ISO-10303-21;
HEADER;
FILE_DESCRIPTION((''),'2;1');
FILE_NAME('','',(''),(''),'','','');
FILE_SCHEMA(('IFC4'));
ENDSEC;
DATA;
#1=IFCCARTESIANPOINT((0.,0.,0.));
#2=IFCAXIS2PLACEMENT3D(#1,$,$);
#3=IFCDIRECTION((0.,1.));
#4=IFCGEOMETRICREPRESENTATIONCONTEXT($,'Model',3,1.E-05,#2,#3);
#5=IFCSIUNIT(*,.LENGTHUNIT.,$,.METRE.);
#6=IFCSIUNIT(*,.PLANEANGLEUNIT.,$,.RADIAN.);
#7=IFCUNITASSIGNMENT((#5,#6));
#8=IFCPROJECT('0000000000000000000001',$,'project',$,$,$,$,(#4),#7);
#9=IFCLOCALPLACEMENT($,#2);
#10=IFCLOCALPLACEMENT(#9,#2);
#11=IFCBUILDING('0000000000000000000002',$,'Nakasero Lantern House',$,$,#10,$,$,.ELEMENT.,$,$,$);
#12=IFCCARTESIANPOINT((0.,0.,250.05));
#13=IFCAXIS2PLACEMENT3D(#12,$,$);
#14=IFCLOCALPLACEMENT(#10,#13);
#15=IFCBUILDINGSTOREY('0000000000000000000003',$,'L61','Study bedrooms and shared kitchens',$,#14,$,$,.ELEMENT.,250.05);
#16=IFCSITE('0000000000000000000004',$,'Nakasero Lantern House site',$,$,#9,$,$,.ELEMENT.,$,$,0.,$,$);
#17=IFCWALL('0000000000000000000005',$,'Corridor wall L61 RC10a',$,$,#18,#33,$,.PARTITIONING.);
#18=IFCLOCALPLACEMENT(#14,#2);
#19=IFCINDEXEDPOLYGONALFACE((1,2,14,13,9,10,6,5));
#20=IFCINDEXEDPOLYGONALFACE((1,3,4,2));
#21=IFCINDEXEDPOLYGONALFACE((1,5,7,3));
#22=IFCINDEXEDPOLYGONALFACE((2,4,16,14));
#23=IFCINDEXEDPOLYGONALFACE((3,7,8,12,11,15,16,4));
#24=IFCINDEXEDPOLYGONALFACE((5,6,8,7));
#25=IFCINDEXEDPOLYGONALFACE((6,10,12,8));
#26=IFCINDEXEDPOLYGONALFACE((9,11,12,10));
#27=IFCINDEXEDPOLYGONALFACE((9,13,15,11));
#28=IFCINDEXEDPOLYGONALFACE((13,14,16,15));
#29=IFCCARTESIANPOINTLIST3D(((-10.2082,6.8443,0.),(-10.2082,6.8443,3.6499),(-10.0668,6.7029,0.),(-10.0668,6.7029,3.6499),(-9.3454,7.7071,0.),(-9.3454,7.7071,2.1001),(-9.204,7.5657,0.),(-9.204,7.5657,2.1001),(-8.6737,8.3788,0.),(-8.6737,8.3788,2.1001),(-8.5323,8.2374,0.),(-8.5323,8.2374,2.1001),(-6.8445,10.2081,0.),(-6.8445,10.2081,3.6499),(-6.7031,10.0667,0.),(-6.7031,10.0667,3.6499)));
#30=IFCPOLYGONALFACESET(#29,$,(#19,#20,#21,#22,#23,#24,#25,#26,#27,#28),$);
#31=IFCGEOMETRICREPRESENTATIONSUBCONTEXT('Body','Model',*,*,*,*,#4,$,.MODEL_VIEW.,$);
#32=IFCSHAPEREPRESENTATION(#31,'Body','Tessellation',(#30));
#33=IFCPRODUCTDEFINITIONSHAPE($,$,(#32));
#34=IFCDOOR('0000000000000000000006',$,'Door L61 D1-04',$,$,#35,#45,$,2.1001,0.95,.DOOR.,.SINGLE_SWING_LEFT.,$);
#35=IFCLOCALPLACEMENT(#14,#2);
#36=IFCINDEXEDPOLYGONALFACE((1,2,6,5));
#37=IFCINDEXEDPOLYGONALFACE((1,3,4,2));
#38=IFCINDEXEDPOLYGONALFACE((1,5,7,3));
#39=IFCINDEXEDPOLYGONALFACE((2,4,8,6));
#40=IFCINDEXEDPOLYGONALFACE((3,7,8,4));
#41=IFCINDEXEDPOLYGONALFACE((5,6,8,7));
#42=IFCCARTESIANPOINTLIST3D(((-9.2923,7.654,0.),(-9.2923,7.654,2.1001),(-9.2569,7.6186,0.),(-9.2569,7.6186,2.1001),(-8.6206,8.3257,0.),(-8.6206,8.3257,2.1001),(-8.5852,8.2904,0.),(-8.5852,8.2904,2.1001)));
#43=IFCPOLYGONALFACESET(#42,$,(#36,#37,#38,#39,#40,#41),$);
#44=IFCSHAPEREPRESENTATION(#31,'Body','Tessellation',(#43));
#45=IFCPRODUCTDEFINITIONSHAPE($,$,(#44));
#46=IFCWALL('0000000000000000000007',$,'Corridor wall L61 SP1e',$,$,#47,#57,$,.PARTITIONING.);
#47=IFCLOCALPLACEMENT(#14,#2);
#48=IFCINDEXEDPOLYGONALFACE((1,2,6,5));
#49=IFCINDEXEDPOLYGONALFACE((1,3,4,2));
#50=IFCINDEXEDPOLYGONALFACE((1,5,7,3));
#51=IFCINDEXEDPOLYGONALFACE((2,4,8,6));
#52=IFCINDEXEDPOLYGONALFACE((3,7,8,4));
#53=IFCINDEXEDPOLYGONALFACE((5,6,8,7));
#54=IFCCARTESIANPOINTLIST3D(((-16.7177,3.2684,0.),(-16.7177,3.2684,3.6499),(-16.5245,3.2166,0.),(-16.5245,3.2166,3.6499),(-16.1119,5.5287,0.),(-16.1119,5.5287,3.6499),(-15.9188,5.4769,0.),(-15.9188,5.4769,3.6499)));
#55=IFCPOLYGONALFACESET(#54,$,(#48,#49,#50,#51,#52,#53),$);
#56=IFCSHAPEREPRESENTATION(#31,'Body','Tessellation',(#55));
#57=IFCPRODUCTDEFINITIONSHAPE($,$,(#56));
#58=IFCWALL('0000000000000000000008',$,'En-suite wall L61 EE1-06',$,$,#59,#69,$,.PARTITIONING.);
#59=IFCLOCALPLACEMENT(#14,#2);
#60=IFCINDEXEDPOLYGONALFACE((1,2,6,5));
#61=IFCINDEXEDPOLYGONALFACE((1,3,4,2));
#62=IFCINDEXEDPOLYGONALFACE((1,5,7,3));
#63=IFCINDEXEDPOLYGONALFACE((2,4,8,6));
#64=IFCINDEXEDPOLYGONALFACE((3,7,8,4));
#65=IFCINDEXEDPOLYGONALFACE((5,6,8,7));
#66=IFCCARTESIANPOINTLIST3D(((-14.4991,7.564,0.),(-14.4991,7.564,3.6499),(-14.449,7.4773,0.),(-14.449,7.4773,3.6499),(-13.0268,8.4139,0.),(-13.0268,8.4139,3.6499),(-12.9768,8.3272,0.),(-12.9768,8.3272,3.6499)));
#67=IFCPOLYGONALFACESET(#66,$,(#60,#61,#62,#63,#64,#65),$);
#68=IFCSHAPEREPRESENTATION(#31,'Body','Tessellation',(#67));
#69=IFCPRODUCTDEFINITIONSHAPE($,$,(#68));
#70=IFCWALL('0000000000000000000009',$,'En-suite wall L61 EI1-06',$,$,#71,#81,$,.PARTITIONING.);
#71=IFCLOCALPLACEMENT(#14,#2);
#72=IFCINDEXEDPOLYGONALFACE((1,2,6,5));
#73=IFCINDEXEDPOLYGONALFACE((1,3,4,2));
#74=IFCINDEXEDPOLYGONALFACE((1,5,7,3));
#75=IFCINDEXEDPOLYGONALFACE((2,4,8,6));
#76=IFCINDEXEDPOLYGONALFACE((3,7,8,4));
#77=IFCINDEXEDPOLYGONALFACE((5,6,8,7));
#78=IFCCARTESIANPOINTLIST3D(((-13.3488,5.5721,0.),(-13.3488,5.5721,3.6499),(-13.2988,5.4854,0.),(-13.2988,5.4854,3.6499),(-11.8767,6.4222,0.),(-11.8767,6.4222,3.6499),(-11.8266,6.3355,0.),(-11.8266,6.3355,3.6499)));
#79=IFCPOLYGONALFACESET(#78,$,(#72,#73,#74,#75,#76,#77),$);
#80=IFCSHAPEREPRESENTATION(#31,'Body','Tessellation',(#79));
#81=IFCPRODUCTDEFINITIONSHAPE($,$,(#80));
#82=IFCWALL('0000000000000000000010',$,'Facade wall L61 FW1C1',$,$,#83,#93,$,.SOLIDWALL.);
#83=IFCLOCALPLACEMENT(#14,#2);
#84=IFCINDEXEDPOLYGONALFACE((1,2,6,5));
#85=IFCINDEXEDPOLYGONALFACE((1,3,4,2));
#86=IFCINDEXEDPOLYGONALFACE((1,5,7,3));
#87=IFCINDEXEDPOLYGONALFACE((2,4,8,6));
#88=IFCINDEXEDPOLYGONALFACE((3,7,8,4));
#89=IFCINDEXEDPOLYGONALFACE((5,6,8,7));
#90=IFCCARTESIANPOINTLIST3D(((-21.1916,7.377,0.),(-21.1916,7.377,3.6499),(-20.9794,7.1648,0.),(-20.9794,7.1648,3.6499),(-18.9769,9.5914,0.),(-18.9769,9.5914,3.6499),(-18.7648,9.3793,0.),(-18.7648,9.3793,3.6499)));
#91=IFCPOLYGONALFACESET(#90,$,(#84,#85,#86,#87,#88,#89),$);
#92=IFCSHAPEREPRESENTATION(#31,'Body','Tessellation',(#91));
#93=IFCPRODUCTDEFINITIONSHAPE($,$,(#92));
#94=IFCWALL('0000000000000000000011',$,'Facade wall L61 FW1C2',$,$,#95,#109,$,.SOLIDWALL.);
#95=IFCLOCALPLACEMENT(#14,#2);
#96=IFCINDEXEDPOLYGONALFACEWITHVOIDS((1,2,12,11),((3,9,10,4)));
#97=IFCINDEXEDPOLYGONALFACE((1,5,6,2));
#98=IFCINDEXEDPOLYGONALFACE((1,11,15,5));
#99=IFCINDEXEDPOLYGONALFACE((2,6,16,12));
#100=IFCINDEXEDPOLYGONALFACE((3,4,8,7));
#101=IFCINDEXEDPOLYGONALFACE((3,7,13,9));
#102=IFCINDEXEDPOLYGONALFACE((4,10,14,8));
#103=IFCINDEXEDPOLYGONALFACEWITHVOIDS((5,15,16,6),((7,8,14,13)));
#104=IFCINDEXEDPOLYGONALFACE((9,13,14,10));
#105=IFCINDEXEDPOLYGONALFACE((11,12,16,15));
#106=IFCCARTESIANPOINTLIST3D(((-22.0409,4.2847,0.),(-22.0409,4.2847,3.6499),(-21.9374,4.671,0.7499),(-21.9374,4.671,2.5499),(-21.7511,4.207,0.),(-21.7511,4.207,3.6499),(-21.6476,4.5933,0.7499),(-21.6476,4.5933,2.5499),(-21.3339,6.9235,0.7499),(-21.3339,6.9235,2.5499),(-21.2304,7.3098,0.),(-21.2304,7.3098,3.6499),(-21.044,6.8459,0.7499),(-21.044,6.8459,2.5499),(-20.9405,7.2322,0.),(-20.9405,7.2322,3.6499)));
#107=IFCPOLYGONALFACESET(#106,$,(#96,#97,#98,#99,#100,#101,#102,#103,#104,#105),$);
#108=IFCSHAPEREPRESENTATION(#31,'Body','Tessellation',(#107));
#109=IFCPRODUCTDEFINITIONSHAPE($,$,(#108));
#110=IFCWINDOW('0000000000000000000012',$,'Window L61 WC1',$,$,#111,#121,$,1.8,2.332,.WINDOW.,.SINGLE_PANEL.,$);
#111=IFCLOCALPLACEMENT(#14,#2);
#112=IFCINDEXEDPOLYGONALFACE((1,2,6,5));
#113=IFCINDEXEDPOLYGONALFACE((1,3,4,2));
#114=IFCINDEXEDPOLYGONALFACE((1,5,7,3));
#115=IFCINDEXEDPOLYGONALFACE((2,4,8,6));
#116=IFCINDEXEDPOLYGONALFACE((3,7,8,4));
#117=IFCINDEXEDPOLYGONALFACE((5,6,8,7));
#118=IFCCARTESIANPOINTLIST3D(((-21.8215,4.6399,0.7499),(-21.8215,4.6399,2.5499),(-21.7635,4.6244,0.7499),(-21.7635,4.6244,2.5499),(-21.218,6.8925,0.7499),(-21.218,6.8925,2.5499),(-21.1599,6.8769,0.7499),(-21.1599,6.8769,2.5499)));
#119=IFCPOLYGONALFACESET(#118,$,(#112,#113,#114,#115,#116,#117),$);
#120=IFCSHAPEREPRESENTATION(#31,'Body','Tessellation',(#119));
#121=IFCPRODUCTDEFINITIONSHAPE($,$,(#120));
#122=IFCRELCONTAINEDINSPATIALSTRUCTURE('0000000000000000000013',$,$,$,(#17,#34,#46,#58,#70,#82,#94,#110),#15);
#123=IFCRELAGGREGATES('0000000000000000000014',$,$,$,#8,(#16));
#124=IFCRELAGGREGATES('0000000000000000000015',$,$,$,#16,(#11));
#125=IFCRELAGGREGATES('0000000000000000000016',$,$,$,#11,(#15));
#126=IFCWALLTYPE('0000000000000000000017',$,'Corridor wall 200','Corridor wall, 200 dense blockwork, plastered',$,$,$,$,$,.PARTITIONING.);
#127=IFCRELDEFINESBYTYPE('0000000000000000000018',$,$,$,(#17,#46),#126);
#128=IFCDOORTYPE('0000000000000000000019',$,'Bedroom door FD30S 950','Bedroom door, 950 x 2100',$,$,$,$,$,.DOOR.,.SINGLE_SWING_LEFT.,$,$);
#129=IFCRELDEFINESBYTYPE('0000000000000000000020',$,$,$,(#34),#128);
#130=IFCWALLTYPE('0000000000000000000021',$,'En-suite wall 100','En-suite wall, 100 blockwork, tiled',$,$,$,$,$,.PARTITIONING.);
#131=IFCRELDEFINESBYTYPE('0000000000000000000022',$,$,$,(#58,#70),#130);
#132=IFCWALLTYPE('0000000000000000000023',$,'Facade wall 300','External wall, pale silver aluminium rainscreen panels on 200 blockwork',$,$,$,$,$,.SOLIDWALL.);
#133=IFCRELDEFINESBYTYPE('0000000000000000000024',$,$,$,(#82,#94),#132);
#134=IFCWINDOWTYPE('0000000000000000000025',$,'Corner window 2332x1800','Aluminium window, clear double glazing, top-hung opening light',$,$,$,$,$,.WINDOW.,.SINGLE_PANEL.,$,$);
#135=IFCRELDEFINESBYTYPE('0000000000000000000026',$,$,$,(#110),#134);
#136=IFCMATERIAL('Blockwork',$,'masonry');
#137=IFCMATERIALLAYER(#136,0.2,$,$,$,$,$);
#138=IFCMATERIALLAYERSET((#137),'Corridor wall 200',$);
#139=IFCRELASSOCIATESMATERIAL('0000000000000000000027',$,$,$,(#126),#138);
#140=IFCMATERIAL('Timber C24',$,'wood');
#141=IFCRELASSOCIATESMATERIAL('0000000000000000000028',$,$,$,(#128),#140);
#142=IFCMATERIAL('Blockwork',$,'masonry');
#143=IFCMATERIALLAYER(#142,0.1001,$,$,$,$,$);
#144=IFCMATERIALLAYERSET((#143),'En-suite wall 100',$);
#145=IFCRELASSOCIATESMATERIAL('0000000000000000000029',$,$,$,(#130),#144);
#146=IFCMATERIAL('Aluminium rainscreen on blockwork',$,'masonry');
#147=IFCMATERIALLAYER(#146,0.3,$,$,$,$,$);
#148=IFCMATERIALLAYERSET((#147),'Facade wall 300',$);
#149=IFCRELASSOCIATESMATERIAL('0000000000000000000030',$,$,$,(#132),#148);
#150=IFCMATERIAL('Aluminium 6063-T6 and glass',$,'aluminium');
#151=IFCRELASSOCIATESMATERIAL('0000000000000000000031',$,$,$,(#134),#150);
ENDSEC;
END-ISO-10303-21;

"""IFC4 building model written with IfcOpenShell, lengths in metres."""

from ifc_helpers import new_model, si_unit, direction, frame, frame_2d, origin, place, context, subcontext, project, spatial, rectangle, extrude, material, layer, layer_set, type_object, element, fill, save


model = new_model("IFC4")

# Units and contexts
model_context = context("Model", 3, precision=1e-05, world=origin(), true_north=direction((0.0, 1.0)))
body_context = subcontext(model_context, "Body", "Model", "MODEL_VIEW")
ifc_project = project(units=[si_unit("LENGTHUNIT", "METRE"), si_unit("PLANEANGLEUNIT", "RADIAN")], contexts=[model_context])

# Site, building, storey
site_placement = place(None, origin())
site = spatial("IfcSite", under=ifc_project, at=site_placement, Name="Nakasero Lantern House site", CompositionType="ELEMENT", RefElevation=0.0)
building_placement = place(site_placement, origin())
building = spatial("IfcBuilding", under=site, at=building_placement, Name="Nakasero Lantern House", CompositionType="ELEMENT")
storey_placement = place(building_placement, frame((0.0, 0.0, 250.05)))
storey = spatial("IfcBuildingStorey", under=building, at=storey_placement, Name="L61", Description="Study bedrooms and shared kitchens", CompositionType="ELEMENT", Elevation=250.05)

# Wall, opening, door
ifc_material_1 = material(Name="Blockwork", Category="masonry")
ifc_layer_1 = layer(ifc_material_1, 0.2)
ifc_layer_set_1 = layer_set([ifc_layer_1], Name="Corridor wall 200")
wall_type_1 = type_object("IfcWallType", Name="Corridor wall 200", Description="Corridor wall, 200 dense blockwork, plastered", PredefinedType="PARTITIONING", material=ifc_layer_set_1)
wall_1_placement = place(storey_placement, frame((-10.1375, 6.7737, 0.0), z_axis=(0.0, 0.0, 1.0), x_axis=(0.707107, 0.707107, 0.0)))
wall_1 = element("IfcWall", 1, at=wall_1_placement, inside=storey, type_object=wall_type_1, Name="Corridor wall L61 RC10a", PredefinedType="PARTITIONING", context=body_context, shape_type="SweptSolid", body=[
    extrude(rectangle(XDim=4.7571, YDim=0.2, at=frame_2d((2.3784, 0.0))), origin(), (0.0, 0.0, 1.0), 3.6499),
])
opening_1_placement = place(wall_1_placement, frame((1.22, 0.0, 0.0)))
opening_1 = element("IfcOpeningElement", 2, at=opening_1_placement, cuts=wall_1, PredefinedType="OPENING", context=body_context, shape_type="SweptSolid", body=[
    extrude(rectangle(XDim=0.95, YDim=2.1001, at=frame_2d((0.4751, 1.05))), frame((0.0, 0.1199, 0.0), z_axis=(0.0, -1.0, 0.0), x_axis=(1.0, 0.0, 0.0)), (0.0, 0.0, 1.0), 0.24),
])
ifc_material_2 = material(Name="Timber C24", Category="wood")
door_type = type_object("IfcDoorType", Name="Bedroom door FD30S 950", Description="Bedroom door, 950 x 2100", OperationType="SINGLE_SWING_LEFT", PredefinedType="DOOR", material=ifc_material_2)
door_placement = place(opening_1_placement, origin())
door = element("IfcDoor", 3, at=door_placement, inside=storey, type_object=door_type, Name="Door L61 D1-04", OperationType="SINGLE_SWING_LEFT", OverallHeight=2.1001, OverallWidth=0.95, PredefinedType="DOOR", context=body_context, shape_type="SweptSolid", body=[
    extrude(rectangle(XDim=0.95, YDim=2.1001, at=frame_2d((0.4751, 1.05))), frame((0.0, 0.0249, 0.0), z_axis=(0.0, -1.0, 0.0), x_axis=(1.0, 0.0, 0.0)), (0.0, 0.0, 1.0), 0.05),
])
fill(opening_1, door)

# Walls
wall_2_placement = place(storey_placement, frame((-16.0154, 5.5027, 0.0), z_axis=(0.0, 0.0, 1.0), x_axis=(-0.258851, -0.965917, 0.0)))
element("IfcWall", 4, at=wall_2_placement, inside=storey, type_object=wall_type_1, Name="Corridor wall L61 SP1e", PredefinedType="PARTITIONING", context=body_context, shape_type="SweptSolid", body=[
    extrude(rectangle(XDim=2.3401, YDim=0.2, at=frame_2d((1.1699, 0.0))), origin(), (0.0, 0.0, 1.0), 3.6499),
])
ifc_material_3 = material(Name="Blockwork", Category="masonry")
ifc_layer_2 = layer(ifc_material_3, 0.1001)
ifc_layer_set_2 = layer_set([ifc_layer_2], Name="En-suite wall 100")
wall_type_2 = type_object("IfcWallType", Name="En-suite wall 100", Description="En-suite wall, 100 blockwork, tiled", PredefinedType="PARTITIONING", material=ifc_layer_set_2)
for number, where, z_axis, x_axis, name in (
    (5, (-13.0017, 8.3706, 0.0), (0.0, 0.0, 1.0), (-0.866052, -0.499955, 0.0), "En-suite wall L61 EE1-06"),
    (6, (-11.8516, 6.3789, 0.0), (0.0, 0.0, 1.0), (-0.865989, -0.500062, 0.0), "En-suite wall L61 EI1-06"),
):
    element("IfcWall", number, at=place(storey_placement, frame(where, z_axis=z_axis, x_axis=x_axis)), inside=storey, type_object=wall_type_2, Name=name, PredefinedType="PARTITIONING", context=body_context, shape_type="SweptSolid", body=[
        extrude(rectangle(XDim=1.7, YDim=0.1001, at=frame_2d((0.8501, 0.0))), origin(), (0.0, 0.0, 1.0), 3.6499),
    ])
ifc_material_4 = material(Name="Aluminium rainscreen on blockwork", Category="masonry")
ifc_layer_3 = layer(ifc_material_4, 0.3)
ifc_layer_set_3 = layer_set([ifc_layer_3], Name="Facade wall 300")
wall_type_3 = type_object("IfcWallType", Name="Facade wall 300", Description="External wall, pale silver aluminium rainscreen panels on 200 blockwork", PredefinedType="SOLIDWALL", material=ifc_layer_set_3)
wall_3_placement = place(storey_placement, frame((-18.8708, 9.4854, 0.0), z_axis=(0.0, 0.0, 1.0), x_axis=(-0.707146, -0.707068, 0.0)))
element("IfcWall", 7, at=wall_3_placement, inside=storey, type_object=wall_type_3, Name="Facade wall L61 FW1C1", PredefinedType="SOLIDWALL", context=body_context, shape_type="SweptSolid", body=[
    extrude(rectangle(XDim=3.1318, YDim=0.3, at=frame_2d((1.5659, 0.0))), origin(), (0.0, 0.0, 1.0), 3.6499),
])

# Wall, opening, window
wall_4_placement = place(storey_placement, frame((-21.0854, 7.271, 0.0), z_axis=(0.0, 0.0, 1.0), x_axis=(-0.258808, -0.965929, 0.0)))
wall_4 = element("IfcWall", 8, at=wall_4_placement, inside=storey, type_object=wall_type_3, Name="Facade wall L61 FW1C2", PredefinedType="SOLIDWALL", context=body_context, shape_type="SweptSolid", body=[
    extrude(rectangle(XDim=3.1318, YDim=0.3, at=frame_2d((1.5659, 0.0))), origin(), (0.0, 0.0, 1.0), 3.6499),
])
opening_2_placement = place(wall_4_placement, frame((0.3999, 0.0, 0.75)))
opening_2 = element("IfcOpeningElement", 9, at=opening_2_placement, cuts=wall_4, PredefinedType="OPENING", context=body_context, shape_type="SweptSolid", body=[
    extrude(rectangle(XDim=2.332, YDim=1.8, at=frame_2d((1.166, 0.8999))), frame((0.0, 0.1699, 0.0), z_axis=(0.0, -1.0, 0.0), x_axis=(1.0, 0.0, 0.0)), (0.0, 0.0, 1.0), 0.3401),
])
ifc_material_5 = material(Name="Aluminium 6063-T6 and glass", Category="aluminium")
window_type = type_object("IfcWindowType", Name="Corner window 2332x1800", Description="Aluminium window, clear double glazing, top-hung opening light", PartitioningType="SINGLE_PANEL", PredefinedType="WINDOW", material=ifc_material_5)
window_placement = place(opening_2_placement, origin())
window = element("IfcWindow", 10, at=window_placement, inside=storey, type_object=window_type, Name="Window L61 WC1", OverallHeight=1.8, OverallWidth=2.332, PartitioningType="SINGLE_PANEL", PredefinedType="WINDOW", context=body_context, shape_type="SweptSolid", body=[
    extrude(rectangle(XDim=2.332, YDim=1.8, at=frame_2d((1.166, 0.8999))), frame((0.0, 0.03, 0.0), z_axis=(0.0, -1.0, 0.0), x_axis=(1.0, 0.0, 0.0)), (0.0, 0.0, 1.0), 0.0601),
])
fill(opening_2, window)

save(model, "model.ifc")
